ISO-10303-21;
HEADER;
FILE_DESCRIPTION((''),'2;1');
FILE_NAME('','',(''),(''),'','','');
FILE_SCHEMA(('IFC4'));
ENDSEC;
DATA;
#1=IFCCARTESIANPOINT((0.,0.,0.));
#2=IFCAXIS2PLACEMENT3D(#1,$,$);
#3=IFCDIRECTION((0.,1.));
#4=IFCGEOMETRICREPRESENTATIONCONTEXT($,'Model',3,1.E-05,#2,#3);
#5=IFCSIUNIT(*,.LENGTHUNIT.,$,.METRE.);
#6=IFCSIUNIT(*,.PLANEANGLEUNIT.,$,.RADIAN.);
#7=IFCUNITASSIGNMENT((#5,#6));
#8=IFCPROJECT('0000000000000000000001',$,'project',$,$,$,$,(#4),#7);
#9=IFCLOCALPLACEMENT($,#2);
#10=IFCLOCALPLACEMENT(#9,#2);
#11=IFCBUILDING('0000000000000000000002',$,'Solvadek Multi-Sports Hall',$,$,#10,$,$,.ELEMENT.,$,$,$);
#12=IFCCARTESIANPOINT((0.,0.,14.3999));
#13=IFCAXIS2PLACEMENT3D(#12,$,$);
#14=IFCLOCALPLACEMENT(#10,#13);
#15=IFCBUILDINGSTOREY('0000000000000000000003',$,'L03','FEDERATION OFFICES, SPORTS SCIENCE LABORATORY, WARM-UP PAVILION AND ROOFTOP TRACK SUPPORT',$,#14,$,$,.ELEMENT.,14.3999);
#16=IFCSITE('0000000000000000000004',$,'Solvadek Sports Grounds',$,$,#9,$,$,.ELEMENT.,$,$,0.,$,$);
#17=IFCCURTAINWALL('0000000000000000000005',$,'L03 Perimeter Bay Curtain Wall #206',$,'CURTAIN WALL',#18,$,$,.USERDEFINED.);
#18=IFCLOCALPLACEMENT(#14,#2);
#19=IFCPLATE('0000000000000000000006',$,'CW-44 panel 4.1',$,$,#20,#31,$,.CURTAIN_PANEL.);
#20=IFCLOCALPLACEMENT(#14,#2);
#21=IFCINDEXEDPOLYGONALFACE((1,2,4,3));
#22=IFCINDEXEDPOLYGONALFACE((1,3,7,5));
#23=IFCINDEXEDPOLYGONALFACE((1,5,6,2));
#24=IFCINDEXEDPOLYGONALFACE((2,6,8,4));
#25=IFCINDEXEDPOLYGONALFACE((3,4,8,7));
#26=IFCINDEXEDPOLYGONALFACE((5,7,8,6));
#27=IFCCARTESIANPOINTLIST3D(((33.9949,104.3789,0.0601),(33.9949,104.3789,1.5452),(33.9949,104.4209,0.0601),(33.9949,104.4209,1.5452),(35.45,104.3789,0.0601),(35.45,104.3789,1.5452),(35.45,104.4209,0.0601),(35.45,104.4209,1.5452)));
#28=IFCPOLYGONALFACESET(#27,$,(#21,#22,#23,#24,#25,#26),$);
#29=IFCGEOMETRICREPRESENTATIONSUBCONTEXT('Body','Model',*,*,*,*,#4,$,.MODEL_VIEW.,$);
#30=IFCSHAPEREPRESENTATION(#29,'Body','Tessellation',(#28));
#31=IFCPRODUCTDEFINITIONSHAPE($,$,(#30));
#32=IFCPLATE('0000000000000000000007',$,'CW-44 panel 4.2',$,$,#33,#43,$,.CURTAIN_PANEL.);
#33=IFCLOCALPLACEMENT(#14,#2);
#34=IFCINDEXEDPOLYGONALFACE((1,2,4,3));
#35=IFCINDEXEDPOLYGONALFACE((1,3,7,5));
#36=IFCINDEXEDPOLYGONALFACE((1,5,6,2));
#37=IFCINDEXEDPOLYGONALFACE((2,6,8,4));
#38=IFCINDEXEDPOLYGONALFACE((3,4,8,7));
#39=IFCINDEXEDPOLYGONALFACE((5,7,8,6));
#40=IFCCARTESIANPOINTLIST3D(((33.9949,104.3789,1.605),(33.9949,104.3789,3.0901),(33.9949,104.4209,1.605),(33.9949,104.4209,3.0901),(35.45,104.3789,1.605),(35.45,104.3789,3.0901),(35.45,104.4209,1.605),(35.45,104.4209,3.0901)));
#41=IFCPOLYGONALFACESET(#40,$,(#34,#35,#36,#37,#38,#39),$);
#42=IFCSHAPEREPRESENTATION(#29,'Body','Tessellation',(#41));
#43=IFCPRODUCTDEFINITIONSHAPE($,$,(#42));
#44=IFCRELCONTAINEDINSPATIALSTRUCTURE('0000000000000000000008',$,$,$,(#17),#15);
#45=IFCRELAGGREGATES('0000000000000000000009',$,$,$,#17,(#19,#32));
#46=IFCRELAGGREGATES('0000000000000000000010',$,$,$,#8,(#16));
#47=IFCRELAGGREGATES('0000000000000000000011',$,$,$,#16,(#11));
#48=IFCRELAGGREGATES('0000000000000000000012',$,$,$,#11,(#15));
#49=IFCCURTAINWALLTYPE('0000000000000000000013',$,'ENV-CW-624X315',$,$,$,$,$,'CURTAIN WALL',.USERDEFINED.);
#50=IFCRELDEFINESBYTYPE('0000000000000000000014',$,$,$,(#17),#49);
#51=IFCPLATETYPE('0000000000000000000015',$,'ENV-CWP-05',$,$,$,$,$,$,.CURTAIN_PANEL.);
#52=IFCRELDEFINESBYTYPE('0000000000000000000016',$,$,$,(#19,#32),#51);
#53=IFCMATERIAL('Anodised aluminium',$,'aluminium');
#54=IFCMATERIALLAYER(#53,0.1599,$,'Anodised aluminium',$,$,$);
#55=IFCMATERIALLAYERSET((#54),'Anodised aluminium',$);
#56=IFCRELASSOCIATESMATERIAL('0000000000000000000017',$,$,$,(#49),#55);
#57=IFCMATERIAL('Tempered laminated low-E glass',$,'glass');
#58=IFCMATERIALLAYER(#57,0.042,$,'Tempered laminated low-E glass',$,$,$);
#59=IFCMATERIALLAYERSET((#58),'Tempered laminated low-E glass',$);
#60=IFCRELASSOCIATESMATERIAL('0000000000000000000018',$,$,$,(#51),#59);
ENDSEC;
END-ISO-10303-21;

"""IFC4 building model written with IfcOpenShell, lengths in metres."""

from ifc_helpers import new_model, si_unit, direction, frame, origin, origin_2d, place, context, subcontext, project, spatial, rectangle, extrude, material, layer, layer_set, type_object, element, aggregate, save


model = new_model("IFC4")

# Units and contexts
model_context = context("Model", 3, precision=1e-05, world=origin(), true_north=direction((0.0, 1.0)))
body_context = subcontext(model_context, "Body", "Model", "MODEL_VIEW")
ifc_project = project(units=[si_unit("LENGTHUNIT", "METRE"), si_unit("PLANEANGLEUNIT", "RADIAN")], contexts=[model_context])

# Site, building, storey
site_placement = place(None, origin())
site = spatial("IfcSite", under=ifc_project, at=site_placement, Name="Solvadek Sports Grounds", CompositionType="ELEMENT", RefElevation=0.0)
building_placement = place(site_placement, origin())
building = spatial("IfcBuilding", under=site, at=building_placement, Name="Solvadek Multi-Sports Hall", CompositionType="ELEMENT")
storey_placement = place(building_placement, frame((0.0, 0.0, 14.3999)))
storey = spatial("IfcBuildingStorey", under=building, at=storey_placement, Name="L03", Description="FEDERATION OFFICES, SPORTS SCIENCE LABORATORY, WARM-UP PAVILION AND ROOFTOP TRACK SUPPORT", CompositionType="ELEMENT", Elevation=14.3999)

# Curtain wall
ifc_material_1 = material(Name="Anodised aluminium", Category="aluminium")
ifc_layer_1 = layer(ifc_material_1, 0.1599, Name="Anodised aluminium")
ifc_layer_set_1 = layer_set([ifc_layer_1], Name="Anodised aluminium")
curtain_wall_type = type_object("IfcCurtainWallType", Name="ENV-CW-624X315", ElementType="CURTAIN WALL", PredefinedType="USERDEFINED", material=ifc_layer_set_1)
curtain_wall_placement = place(storey_placement, origin())
curtain_wall = element("IfcCurtainWall", 1, at=curtain_wall_placement, inside=storey, type_object=curtain_wall_type, Name="L03 Perimeter Bay Curtain Wall #206", ObjectType="CURTAIN WALL", PredefinedType="USERDEFINED")

# Plates
ifc_material_2 = material(Name="Tempered laminated low-E glass", Category="glass")
ifc_layer_2 = layer(ifc_material_2, 0.042, Name="Tempered laminated low-E glass")
ifc_layer_set_2 = layer_set([ifc_layer_2], Name="Tempered laminated low-E glass")
plate_type = type_object("IfcPlateType", Name="ENV-CWP-05", PredefinedType="CURTAIN_PANEL", material=ifc_layer_set_2)
plate_1_placement = place(storey_placement, frame((34.7224, 104.3999, 0.0601), z_axis=(0.0, 0.0, 1.0), x_axis=(1.0, 0.0, 0.0)))
plate_1 = element("IfcPlate", 2, at=plate_1_placement, type_object=plate_type, Name="CW-44 panel 4.1", PredefinedType="CURTAIN_PANEL", context=body_context, shape_type="SweptSolid", body=[
    extrude(rectangle(XDim=1.4551, YDim=0.042, at=origin_2d()), origin(), (0.0, 0.0, 1.0), 1.4851),
])
plate_2_placement = place(storey_placement, frame((34.7224, 104.3999, 1.605), z_axis=(0.0, 0.0, 1.0), x_axis=(1.0, 0.0, 0.0)))
plate_2 = element("IfcPlate", 3, at=plate_2_placement, type_object=plate_type, Name="CW-44 panel 4.2", PredefinedType="CURTAIN_PANEL", context=body_context, shape_type="SweptSolid", body=[
    extrude(rectangle(XDim=1.4551, YDim=0.042, at=origin_2d()), origin(), (0.0, 0.0, 1.0), 1.4851),
])
aggregate(curtain_wall, [plate_1, plate_2])

save(model, "model.ifc")
